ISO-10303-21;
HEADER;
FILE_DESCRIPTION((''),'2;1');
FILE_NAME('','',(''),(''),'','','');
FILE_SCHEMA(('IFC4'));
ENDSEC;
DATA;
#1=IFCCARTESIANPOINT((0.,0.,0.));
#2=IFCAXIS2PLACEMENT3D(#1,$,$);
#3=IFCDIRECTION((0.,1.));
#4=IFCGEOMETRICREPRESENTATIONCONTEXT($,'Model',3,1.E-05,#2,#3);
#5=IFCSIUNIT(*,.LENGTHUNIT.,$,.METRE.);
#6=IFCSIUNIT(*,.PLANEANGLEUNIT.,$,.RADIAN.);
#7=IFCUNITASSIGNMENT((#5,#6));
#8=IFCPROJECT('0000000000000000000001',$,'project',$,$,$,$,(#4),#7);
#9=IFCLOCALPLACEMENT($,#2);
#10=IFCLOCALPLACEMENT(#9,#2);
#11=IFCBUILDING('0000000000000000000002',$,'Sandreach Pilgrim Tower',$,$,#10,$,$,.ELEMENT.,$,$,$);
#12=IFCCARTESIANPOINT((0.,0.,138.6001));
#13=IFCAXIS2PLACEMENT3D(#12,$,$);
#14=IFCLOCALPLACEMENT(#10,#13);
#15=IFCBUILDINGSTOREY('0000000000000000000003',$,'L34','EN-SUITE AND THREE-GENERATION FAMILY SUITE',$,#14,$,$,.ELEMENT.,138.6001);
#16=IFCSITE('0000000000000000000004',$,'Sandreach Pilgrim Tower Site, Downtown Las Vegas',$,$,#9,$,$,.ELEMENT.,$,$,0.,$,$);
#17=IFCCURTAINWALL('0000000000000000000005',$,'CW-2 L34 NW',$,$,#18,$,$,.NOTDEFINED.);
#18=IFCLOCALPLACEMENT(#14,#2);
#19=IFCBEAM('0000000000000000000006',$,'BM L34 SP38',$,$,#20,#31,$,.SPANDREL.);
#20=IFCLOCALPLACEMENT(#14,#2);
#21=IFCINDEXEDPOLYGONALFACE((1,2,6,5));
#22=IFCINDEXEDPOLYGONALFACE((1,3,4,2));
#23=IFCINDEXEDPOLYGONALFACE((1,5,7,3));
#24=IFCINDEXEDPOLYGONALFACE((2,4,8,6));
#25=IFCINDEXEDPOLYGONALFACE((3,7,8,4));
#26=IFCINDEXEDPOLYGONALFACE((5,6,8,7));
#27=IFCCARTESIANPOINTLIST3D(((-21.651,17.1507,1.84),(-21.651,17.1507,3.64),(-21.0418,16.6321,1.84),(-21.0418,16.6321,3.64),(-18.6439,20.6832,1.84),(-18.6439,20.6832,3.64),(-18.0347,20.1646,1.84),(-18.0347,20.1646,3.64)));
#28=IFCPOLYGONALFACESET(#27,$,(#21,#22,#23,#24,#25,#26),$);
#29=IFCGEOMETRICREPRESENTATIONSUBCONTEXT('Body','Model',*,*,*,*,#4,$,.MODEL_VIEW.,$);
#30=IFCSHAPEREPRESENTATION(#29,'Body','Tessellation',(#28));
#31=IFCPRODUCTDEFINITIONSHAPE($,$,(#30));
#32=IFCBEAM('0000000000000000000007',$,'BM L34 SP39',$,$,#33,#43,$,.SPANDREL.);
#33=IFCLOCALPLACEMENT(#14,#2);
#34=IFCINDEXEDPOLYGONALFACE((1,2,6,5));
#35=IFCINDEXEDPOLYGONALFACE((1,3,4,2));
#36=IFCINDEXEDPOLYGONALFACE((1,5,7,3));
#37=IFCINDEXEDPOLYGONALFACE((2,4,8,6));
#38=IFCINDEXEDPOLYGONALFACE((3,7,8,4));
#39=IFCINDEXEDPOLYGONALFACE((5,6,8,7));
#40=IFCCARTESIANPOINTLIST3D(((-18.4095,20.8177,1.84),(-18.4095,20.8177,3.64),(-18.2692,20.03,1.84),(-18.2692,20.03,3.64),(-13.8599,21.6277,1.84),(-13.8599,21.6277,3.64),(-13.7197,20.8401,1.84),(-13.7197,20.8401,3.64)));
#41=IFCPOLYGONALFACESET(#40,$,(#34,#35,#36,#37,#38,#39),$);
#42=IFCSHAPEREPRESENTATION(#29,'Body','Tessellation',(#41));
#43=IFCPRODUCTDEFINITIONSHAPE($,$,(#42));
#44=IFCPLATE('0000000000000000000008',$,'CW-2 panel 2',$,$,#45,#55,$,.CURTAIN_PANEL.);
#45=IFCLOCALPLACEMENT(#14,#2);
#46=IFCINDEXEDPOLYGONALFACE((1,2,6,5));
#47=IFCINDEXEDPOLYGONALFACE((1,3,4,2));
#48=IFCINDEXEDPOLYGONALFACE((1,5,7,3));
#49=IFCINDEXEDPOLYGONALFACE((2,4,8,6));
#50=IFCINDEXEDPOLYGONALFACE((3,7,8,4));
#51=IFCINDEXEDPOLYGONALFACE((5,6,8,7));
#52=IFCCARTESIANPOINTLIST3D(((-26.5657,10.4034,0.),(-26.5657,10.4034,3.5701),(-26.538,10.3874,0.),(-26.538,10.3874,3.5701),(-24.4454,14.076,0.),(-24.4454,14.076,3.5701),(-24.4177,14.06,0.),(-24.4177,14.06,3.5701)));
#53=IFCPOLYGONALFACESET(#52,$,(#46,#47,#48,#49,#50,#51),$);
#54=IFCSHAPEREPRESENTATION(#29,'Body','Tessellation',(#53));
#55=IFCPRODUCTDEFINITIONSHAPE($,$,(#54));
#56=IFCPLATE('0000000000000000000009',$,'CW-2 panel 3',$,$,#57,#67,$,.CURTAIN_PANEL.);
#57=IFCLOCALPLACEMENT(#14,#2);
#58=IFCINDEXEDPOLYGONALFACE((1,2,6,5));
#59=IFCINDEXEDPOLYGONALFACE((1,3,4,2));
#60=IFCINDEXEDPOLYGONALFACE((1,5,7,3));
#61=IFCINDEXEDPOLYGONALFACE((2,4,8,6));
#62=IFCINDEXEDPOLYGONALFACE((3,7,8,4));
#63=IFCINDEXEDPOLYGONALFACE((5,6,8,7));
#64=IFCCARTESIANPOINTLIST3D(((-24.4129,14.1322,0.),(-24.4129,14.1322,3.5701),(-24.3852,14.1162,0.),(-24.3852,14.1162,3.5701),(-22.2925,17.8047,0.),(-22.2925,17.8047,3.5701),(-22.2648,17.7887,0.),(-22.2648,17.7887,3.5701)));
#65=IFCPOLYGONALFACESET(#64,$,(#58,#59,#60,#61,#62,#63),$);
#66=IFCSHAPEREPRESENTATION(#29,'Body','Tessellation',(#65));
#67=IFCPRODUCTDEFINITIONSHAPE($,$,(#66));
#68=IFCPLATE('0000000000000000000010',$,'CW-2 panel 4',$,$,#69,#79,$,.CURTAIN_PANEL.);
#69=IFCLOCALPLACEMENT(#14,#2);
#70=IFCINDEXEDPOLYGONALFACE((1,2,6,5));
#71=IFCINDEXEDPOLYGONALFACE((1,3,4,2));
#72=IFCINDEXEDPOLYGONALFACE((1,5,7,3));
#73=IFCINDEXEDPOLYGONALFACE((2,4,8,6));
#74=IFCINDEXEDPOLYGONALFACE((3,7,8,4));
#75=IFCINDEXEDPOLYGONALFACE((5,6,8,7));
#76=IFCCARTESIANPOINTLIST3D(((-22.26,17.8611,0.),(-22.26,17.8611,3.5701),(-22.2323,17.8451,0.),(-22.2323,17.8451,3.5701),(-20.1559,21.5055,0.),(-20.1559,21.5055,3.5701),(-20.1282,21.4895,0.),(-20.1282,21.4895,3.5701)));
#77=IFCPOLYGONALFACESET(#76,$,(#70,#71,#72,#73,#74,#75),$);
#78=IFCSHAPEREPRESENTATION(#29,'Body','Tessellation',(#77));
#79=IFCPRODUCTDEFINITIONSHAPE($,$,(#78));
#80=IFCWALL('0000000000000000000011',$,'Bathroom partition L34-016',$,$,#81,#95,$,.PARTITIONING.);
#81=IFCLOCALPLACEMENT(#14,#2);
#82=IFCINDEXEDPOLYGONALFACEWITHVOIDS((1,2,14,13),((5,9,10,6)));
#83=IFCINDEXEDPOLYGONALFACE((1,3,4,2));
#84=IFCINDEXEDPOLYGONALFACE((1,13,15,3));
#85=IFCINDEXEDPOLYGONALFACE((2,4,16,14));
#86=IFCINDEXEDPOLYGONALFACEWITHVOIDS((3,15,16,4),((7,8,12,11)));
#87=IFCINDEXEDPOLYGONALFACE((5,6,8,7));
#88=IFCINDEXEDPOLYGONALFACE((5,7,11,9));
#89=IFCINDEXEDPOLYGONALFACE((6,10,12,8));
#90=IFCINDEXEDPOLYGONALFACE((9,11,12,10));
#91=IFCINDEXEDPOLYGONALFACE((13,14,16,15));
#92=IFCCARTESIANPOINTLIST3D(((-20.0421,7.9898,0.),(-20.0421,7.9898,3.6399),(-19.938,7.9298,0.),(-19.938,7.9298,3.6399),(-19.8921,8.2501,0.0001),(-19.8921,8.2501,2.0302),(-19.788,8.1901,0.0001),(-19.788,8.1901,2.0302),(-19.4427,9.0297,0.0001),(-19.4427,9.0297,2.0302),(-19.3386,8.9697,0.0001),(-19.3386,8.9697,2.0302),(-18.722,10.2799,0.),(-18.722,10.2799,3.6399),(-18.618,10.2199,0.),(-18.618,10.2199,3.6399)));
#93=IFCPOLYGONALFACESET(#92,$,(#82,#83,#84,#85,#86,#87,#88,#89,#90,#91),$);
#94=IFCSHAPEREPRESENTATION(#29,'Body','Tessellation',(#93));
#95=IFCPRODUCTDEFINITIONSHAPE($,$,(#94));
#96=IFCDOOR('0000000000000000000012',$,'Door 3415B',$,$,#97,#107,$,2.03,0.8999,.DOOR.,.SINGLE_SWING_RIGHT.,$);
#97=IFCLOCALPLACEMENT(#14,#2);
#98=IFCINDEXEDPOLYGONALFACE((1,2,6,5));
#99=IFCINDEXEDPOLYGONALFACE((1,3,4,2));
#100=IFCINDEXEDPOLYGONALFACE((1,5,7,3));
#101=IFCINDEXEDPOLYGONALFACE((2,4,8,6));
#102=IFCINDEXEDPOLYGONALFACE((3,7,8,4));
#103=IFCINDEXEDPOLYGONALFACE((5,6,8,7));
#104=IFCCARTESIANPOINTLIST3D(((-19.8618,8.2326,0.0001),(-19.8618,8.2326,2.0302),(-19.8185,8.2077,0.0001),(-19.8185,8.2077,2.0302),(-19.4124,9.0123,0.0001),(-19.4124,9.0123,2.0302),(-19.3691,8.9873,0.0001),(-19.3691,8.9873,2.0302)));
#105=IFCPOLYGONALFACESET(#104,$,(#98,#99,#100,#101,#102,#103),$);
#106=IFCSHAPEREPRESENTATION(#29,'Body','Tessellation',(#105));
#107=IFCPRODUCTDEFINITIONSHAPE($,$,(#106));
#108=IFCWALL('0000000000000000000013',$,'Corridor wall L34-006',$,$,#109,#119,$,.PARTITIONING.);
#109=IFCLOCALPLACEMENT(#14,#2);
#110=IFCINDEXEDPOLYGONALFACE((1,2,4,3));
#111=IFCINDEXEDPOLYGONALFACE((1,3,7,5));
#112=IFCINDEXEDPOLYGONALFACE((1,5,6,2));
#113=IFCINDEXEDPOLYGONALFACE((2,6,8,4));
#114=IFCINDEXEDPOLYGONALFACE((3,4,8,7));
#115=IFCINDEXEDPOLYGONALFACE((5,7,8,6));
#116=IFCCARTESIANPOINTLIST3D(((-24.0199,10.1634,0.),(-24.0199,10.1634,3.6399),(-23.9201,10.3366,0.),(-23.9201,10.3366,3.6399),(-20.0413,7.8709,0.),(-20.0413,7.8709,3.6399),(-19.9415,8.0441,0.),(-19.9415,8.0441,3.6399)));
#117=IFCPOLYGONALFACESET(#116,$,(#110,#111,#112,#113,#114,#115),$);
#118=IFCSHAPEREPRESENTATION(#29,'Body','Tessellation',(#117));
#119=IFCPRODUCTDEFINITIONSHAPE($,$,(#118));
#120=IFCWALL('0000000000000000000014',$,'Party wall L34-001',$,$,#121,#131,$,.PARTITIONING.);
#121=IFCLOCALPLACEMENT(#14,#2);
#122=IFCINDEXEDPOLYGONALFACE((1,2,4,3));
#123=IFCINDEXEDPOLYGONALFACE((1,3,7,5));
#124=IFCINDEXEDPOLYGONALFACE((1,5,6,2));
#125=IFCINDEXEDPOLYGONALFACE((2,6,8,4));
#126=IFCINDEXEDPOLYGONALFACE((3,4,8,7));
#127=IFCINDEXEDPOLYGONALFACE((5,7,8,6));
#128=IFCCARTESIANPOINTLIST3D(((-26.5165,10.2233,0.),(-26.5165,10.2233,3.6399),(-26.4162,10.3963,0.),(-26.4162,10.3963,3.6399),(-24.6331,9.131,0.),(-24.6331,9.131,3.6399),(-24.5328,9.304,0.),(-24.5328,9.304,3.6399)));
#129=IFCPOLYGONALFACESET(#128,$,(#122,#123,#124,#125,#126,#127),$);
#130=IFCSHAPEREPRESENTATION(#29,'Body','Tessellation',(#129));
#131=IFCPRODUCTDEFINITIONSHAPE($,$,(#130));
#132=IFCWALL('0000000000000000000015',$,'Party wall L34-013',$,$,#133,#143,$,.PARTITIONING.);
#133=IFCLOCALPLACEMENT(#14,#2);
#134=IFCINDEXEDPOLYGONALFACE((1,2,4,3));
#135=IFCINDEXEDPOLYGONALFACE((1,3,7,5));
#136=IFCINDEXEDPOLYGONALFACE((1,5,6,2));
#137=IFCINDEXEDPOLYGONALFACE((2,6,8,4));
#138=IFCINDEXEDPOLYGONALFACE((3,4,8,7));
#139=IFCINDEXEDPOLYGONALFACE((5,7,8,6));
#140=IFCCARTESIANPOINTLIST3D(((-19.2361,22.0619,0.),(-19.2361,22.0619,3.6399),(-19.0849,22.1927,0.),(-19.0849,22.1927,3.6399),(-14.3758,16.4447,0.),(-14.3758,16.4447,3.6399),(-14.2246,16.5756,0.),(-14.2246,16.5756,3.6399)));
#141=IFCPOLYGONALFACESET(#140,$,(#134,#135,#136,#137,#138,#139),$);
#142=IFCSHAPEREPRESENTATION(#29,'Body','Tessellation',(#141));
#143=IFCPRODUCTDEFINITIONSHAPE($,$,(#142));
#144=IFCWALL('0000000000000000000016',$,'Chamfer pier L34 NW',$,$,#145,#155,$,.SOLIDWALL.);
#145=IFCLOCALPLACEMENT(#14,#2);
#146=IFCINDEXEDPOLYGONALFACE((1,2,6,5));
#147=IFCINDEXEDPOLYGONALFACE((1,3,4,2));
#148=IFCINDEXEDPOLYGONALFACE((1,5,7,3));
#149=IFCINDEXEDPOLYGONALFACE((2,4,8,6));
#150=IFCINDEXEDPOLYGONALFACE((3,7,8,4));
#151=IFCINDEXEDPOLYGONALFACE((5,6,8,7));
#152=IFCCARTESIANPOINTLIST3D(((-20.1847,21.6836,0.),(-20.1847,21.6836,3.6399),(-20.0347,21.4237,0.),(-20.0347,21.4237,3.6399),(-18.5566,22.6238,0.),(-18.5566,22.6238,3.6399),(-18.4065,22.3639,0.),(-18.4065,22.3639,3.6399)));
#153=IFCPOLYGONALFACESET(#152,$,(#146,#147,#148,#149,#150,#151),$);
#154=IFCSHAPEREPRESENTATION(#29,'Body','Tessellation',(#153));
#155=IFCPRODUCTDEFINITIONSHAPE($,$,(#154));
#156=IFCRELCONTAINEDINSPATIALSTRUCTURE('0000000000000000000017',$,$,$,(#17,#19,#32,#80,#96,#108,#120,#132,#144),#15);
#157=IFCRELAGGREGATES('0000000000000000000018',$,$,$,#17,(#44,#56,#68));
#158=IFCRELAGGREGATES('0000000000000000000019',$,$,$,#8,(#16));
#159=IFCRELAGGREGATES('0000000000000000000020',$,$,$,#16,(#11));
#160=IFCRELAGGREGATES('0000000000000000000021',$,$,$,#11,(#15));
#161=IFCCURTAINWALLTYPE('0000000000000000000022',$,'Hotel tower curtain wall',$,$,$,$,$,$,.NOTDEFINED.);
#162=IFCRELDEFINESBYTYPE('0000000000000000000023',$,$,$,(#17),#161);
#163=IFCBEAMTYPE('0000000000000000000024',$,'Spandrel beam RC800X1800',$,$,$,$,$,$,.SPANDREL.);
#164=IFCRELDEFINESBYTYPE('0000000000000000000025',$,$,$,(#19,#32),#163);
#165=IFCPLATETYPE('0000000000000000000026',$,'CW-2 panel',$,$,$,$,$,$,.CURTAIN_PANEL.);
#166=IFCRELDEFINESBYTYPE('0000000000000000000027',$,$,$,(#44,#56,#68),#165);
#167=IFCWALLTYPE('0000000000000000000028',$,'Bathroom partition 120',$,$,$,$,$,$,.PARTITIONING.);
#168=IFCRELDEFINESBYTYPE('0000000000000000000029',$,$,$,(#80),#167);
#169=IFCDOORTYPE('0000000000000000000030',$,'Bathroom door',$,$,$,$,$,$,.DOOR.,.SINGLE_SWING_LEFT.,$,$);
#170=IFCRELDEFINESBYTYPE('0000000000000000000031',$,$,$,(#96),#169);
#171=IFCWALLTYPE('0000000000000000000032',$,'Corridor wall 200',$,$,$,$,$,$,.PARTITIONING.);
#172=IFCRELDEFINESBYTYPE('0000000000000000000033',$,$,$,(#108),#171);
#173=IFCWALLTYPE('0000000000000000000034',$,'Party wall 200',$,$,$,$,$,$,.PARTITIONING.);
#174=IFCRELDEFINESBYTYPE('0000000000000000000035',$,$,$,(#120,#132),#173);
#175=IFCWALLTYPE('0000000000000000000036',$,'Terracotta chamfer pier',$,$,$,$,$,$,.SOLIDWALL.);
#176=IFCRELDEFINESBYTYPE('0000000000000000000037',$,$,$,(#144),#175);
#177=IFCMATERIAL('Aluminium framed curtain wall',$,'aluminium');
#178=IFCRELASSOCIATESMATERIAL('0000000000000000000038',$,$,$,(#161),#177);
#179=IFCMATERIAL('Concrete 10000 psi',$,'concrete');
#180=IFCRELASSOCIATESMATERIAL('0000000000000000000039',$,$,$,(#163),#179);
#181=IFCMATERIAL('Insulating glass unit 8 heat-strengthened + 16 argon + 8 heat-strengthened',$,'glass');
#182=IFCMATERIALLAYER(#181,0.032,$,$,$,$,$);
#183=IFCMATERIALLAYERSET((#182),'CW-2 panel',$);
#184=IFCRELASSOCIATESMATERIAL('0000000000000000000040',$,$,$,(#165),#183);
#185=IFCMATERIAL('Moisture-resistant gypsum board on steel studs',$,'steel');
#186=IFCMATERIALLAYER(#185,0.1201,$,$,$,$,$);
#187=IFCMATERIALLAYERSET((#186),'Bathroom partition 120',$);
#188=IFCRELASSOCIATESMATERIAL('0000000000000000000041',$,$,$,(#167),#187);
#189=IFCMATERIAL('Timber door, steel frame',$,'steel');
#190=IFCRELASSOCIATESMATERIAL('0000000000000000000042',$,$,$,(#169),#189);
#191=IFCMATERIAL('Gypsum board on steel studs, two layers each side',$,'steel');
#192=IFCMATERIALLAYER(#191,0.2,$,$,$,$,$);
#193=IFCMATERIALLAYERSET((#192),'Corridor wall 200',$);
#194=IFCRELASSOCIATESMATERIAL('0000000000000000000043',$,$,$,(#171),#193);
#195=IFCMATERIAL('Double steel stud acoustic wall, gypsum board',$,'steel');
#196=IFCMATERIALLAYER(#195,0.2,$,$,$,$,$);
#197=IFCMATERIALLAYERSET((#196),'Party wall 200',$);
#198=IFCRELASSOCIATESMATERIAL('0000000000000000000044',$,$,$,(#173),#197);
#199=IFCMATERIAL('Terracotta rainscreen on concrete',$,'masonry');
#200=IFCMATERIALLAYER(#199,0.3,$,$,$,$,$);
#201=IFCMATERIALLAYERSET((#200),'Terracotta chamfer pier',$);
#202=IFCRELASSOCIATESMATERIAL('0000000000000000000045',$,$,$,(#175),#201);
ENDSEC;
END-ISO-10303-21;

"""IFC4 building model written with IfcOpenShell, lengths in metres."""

from ifc_helpers import new_model, si_unit, direction, frame, frame_2d, origin, origin_2d, place, context, subcontext, project, spatial, rectangle, extrude, material, layer, layer_set, material_profile, profile_set, type_object, element, fill, aggregate, save


model = new_model("IFC4")

# Units and contexts
model_context = context("Model", 3, precision=1e-05, world=origin(), true_north=direction((0.0, 1.0)))
body_context = subcontext(model_context, "Body", "Model", "MODEL_VIEW")
ifc_project = project(units=[si_unit("LENGTHUNIT", "METRE"), si_unit("PLANEANGLEUNIT", "RADIAN")], contexts=[model_context])

# Site, building, storey
site_placement = place(None, origin())
site = spatial("IfcSite", under=ifc_project, at=site_placement, Name="Sandreach Pilgrim Tower Site, Downtown Las Vegas", CompositionType="ELEMENT", RefElevation=0.0)
building_placement = place(site_placement, origin())
building = spatial("IfcBuilding", under=site, at=building_placement, Name="Sandreach Pilgrim Tower", CompositionType="ELEMENT")
storey_placement = place(building_placement, frame((0.0, 0.0, 138.6001)))
storey = spatial("IfcBuildingStorey", under=building, at=storey_placement, Name="L34", Description="EN-SUITE AND THREE-GENERATION FAMILY SUITE", CompositionType="ELEMENT", Elevation=138.6001)

# Shared definitions
ifc_material_1 = material(Name="Aluminium framed curtain wall", Category="aluminium")
curtain_wall_type = type_object("IfcCurtainWallType", Name="Hotel tower curtain wall", PredefinedType="NOTDEFINED", material=ifc_material_1)

# Curtain wall
curtain_wall_1_placement = place(storey_placement, origin())
curtain_wall_1 = element("IfcCurtainWall", 1, at=curtain_wall_1_placement, inside=storey, type_object=curtain_wall_type, Name="CW-2 L34 NW", PredefinedType="NOTDEFINED")

# Beams
ifc_material_2 = material(Name="Concrete 10000 psi", Category="concrete")
ifc_material_profile_1 = material_profile(ifc_material_2, rectangle(XDim=0.8, YDim=1.8, at=origin_2d()), Name="RC800X1800")
ifc_profile_set_1 = profile_set([ifc_material_profile_1], Name="Concrete 10000 psi")
beam_type_1 = type_object("IfcBeamType", Name="Spandrel beam RC800X1800", PredefinedType="SPANDREL", material=ifc_profile_set_1)
beam_1_placement = place(storey_placement, frame((-21.3464, 16.8914, 2.74), z_axis=(0.648209, 0.761463, 0.0), x_axis=(-0.761463, 0.648209, 0.0)))
element("IfcBeam", 2, at=beam_1_placement, inside=storey, type_object=beam_type_1, Name="BM L34 SP38", PredefinedType="SPANDREL", context=body_context, shape_type="SweptSolid", body=[
    extrude(rectangle(XDim=0.8, YDim=1.8, at=origin_2d()), origin(), (0.0, 0.0, 1.0), 4.6392),
])
beam_2_placement = place(storey_placement, frame((-18.3394, 20.4238, 2.74), z_axis=(0.984516, 0.175295, 0.0), x_axis=(-0.175295, 0.984516, 0.0)))
element("IfcBeam", 3, at=beam_2_placement, inside=storey, type_object=beam_type_1, Name="BM L34 SP39", PredefinedType="SPANDREL", context=body_context, shape_type="SweptSolid", body=[
    extrude(rectangle(XDim=0.8, YDim=1.8, at=origin_2d()), origin(), (0.0, 0.0, 1.0), 4.6211),
])

# Plates
ifc_material_3 = material(Name="Insulating glass unit 8 heat-strengthened + 16 argon + 8 heat-strengthened", Category="glass")
ifc_layer_1 = layer(ifc_material_3, 0.032)
ifc_layer_set_1 = layer_set([ifc_layer_1], Name="CW-2 panel")
plate_type = type_object("IfcPlateType", Name="CW-2 panel", PredefinedType="CURTAIN_PANEL", material=ifc_layer_set_1)
plate_1_placement = place(storey_placement, frame((-25.4917, 12.2317, 0.0), z_axis=(0.0, 0.0, 1.0), x_axis=(0.5, 0.866025, 0.0)))
plate_1 = element("IfcPlate", 4, at=plate_1_placement, type_object=plate_type, Name="CW-2 panel 2", PredefinedType="CURTAIN_PANEL", context=body_context, shape_type="SweptSolid", body=[
    extrude(rectangle(XDim=4.2407, YDim=0.032, at=origin_2d()), origin(), (0.0, 0.0, 1.0), 3.5701),
])
plate_2_placement = place(storey_placement, frame((-23.3389, 15.9604, 0.0), z_axis=(0.0, 0.0, 1.0), x_axis=(0.5, 0.866025, 0.0)))
plate_2 = element("IfcPlate", 5, at=plate_2_placement, type_object=plate_type, Name="CW-2 panel 3", PredefinedType="CURTAIN_PANEL", context=body_context, shape_type="SweptSolid", body=[
    extrude(rectangle(XDim=4.2407, YDim=0.032, at=origin_2d()), origin(), (0.0, 0.0, 1.0), 3.5701),
])
plate_3_placement = place(storey_placement, frame((-21.1941, 19.6753, 0.0), z_axis=(0.0, 0.0, 1.0), x_axis=(0.5, 0.866025, 0.0)))
plate_3 = element("IfcPlate", 6, at=plate_3_placement, type_object=plate_type, Name="CW-2 panel 4", PredefinedType="CURTAIN_PANEL", context=body_context, shape_type="SweptSolid", body=[
    extrude(rectangle(XDim=4.2083, YDim=0.032, at=origin_2d()), origin(), (0.0, 0.0, 1.0), 3.5701),
])
aggregate(curtain_wall_1, [plate_1, plate_2, plate_3])

# Wall, opening, door
ifc_material_4 = material(Name="Moisture-resistant gypsum board on steel studs", Category="steel")
ifc_layer_2 = layer(ifc_material_4, 0.1201)
ifc_layer_set_2 = layer_set([ifc_layer_2], Name="Bathroom partition 120")
wall_type_1 = type_object("IfcWallType", Name="Bathroom partition 120", PredefinedType="PARTITIONING", material=ifc_layer_set_2)
wall_1_placement = place(storey_placement, frame((-18.6699, 10.25, 0.0), z_axis=(0.0, 0.0, 1.0), x_axis=(-0.499408, -0.866367, 0.0)))
wall_1 = element("IfcWall", 7, at=wall_1_placement, inside=storey, type_object=wall_type_1, Name="Bathroom partition L34-016", PredefinedType="PARTITIONING", context=body_context, shape_type="SweptSolid", body=[
    extrude(rectangle(XDim=2.6433, YDim=0.1201, at=frame_2d((1.3218, 0.0))), origin(), (0.0, 0.0, 1.0), 3.6399),
])
opening_placement = place(wall_1_placement, frame((1.4431, 0.0, 0.0)))
opening = element("IfcOpeningElement", 8, at=opening_placement, cuts=wall_1, PredefinedType="OPENING", context=body_context, shape_type="SweptSolid", body=[
    extrude(rectangle(XDim=0.8999, YDim=2.03, at=frame_2d((0.45, 1.0151))), frame((0.0, 0.0601, 0.0), z_axis=(0.0, -1.0, 0.0), x_axis=(1.0, 0.0, 0.0)), (0.0, 0.0, 1.0), 0.1201),
])
ifc_material_5 = material(Name="Timber door, steel frame", Category="steel")
door_type = type_object("IfcDoorType", Name="Bathroom door", OperationType="SINGLE_SWING_LEFT", PredefinedType="DOOR", material=ifc_material_5)
door_placement = place(opening_placement, origin())
door = element("IfcDoor", 9, at=door_placement, inside=storey, type_object=door_type, Name="Door 3415B", OperationType="SINGLE_SWING_RIGHT", OverallHeight=2.03, OverallWidth=0.8999, PredefinedType="DOOR", context=body_context, shape_type="SweptSolid", body=[
    extrude(rectangle(XDim=0.8999, YDim=2.03, at=frame_2d((0.45, 1.0151))), frame((0.0, 0.0249, 0.0), z_axis=(0.0, -1.0, 0.0), x_axis=(1.0, 0.0, 0.0)), (0.0, 0.0, 1.0), 0.05),
])
fill(opening, door)

# Walls
ifc_material_6 = material(Name="Gypsum board on steel studs, two layers each side", Category="steel")
ifc_layer_3 = layer(ifc_material_6, 0.2)
ifc_layer_set_3 = layer_set([ifc_layer_3], Name="Corridor wall 200")
wall_type_2 = type_object("IfcWallType", Name="Corridor wall 200", PredefinedType="PARTITIONING", material=ifc_layer_set_3)
wall_2_placement = place(storey_placement, frame((-23.97, 10.25, 0.0), z_axis=(0.0, 0.0, 1.0), x_axis=(0.866451, -0.499262, 0.0)))
element("IfcWall", 10, at=wall_2_placement, inside=storey, type_object=wall_type_2, Name="Corridor wall L34-006", PredefinedType="PARTITIONING", context=body_context, shape_type="SweptSolid", body=[
    extrude(rectangle(XDim=4.5918, YDim=0.2, at=frame_2d((2.2959, 0.0))), origin(), (0.0, 0.0, 1.0), 3.6399),
])
ifc_material_7 = material(Name="Double steel stud acoustic wall, gypsum board", Category="steel")
ifc_layer_4 = layer(ifc_material_7, 0.2)
ifc_layer_set_4 = layer_set([ifc_layer_4], Name="Party wall 200")
wall_type_3 = type_object("IfcWallType", Name="Party wall 200", PredefinedType="PARTITIONING", material=ifc_layer_set_4)
wall_3_placement = place(storey_placement, frame((-26.4663, 10.3098, 0.0), z_axis=(0.0, 0.0, 1.0), x_axis=(0.865037, -0.501708, 0.0)))
element("IfcWall", 11, at=wall_3_placement, inside=storey, type_object=wall_type_3, Name="Party wall L34-001", PredefinedType="PARTITIONING", context=body_context, shape_type="SweptSolid", body=[
    extrude(rectangle(XDim=2.1772, YDim=0.2, at=frame_2d((1.0886, 0.0))), origin(), (0.0, 0.0, 1.0), 3.6399),
])
wall_4_placement = place(storey_placement, frame((-19.1604, 22.1272, 0.0), z_axis=(0.0, 0.0, 1.0), x_axis=(0.654325, -0.756214, 0.0)))
element("IfcWall", 12, at=wall_4_placement, inside=storey, type_object=wall_type_3, Name="Party wall L34-013", PredefinedType="PARTITIONING", context=body_context, shape_type="SweptSolid", body=[
    extrude(rectangle(XDim=7.428, YDim=0.2, at=frame_2d((3.7139, 0.0))), origin(), (0.0, 0.0, 1.0), 3.6399),
])
ifc_material_8 = material(Name="Terracotta rainscreen on concrete", Category="masonry")
ifc_layer_5 = layer(ifc_material_8, 0.3)
ifc_layer_set_5 = layer_set([ifc_layer_5], Name="Terracotta chamfer pier")
wall_type_4 = type_object("IfcWallType", Name="Terracotta chamfer pier", PredefinedType="SOLIDWALL", material=ifc_layer_set_5)
wall_5_placement = place(storey_placement, frame((-20.1096, 21.5537, 0.0), z_axis=(0.0, 0.0, 1.0), x_axis=(0.865989, 0.500063, 0.0)))
element("IfcWall", 13, at=wall_5_placement, inside=storey, type_object=wall_type_4, Name="Chamfer pier L34 NW", PredefinedType="SOLIDWALL", context=body_context, shape_type="SweptSolid", body=[
    extrude(rectangle(XDim=1.8801, YDim=0.3, at=frame_2d((0.9399, 0.0))), origin(), (0.0, 0.0, 1.0), 3.6399),
])

save(model, "model.ifc")
